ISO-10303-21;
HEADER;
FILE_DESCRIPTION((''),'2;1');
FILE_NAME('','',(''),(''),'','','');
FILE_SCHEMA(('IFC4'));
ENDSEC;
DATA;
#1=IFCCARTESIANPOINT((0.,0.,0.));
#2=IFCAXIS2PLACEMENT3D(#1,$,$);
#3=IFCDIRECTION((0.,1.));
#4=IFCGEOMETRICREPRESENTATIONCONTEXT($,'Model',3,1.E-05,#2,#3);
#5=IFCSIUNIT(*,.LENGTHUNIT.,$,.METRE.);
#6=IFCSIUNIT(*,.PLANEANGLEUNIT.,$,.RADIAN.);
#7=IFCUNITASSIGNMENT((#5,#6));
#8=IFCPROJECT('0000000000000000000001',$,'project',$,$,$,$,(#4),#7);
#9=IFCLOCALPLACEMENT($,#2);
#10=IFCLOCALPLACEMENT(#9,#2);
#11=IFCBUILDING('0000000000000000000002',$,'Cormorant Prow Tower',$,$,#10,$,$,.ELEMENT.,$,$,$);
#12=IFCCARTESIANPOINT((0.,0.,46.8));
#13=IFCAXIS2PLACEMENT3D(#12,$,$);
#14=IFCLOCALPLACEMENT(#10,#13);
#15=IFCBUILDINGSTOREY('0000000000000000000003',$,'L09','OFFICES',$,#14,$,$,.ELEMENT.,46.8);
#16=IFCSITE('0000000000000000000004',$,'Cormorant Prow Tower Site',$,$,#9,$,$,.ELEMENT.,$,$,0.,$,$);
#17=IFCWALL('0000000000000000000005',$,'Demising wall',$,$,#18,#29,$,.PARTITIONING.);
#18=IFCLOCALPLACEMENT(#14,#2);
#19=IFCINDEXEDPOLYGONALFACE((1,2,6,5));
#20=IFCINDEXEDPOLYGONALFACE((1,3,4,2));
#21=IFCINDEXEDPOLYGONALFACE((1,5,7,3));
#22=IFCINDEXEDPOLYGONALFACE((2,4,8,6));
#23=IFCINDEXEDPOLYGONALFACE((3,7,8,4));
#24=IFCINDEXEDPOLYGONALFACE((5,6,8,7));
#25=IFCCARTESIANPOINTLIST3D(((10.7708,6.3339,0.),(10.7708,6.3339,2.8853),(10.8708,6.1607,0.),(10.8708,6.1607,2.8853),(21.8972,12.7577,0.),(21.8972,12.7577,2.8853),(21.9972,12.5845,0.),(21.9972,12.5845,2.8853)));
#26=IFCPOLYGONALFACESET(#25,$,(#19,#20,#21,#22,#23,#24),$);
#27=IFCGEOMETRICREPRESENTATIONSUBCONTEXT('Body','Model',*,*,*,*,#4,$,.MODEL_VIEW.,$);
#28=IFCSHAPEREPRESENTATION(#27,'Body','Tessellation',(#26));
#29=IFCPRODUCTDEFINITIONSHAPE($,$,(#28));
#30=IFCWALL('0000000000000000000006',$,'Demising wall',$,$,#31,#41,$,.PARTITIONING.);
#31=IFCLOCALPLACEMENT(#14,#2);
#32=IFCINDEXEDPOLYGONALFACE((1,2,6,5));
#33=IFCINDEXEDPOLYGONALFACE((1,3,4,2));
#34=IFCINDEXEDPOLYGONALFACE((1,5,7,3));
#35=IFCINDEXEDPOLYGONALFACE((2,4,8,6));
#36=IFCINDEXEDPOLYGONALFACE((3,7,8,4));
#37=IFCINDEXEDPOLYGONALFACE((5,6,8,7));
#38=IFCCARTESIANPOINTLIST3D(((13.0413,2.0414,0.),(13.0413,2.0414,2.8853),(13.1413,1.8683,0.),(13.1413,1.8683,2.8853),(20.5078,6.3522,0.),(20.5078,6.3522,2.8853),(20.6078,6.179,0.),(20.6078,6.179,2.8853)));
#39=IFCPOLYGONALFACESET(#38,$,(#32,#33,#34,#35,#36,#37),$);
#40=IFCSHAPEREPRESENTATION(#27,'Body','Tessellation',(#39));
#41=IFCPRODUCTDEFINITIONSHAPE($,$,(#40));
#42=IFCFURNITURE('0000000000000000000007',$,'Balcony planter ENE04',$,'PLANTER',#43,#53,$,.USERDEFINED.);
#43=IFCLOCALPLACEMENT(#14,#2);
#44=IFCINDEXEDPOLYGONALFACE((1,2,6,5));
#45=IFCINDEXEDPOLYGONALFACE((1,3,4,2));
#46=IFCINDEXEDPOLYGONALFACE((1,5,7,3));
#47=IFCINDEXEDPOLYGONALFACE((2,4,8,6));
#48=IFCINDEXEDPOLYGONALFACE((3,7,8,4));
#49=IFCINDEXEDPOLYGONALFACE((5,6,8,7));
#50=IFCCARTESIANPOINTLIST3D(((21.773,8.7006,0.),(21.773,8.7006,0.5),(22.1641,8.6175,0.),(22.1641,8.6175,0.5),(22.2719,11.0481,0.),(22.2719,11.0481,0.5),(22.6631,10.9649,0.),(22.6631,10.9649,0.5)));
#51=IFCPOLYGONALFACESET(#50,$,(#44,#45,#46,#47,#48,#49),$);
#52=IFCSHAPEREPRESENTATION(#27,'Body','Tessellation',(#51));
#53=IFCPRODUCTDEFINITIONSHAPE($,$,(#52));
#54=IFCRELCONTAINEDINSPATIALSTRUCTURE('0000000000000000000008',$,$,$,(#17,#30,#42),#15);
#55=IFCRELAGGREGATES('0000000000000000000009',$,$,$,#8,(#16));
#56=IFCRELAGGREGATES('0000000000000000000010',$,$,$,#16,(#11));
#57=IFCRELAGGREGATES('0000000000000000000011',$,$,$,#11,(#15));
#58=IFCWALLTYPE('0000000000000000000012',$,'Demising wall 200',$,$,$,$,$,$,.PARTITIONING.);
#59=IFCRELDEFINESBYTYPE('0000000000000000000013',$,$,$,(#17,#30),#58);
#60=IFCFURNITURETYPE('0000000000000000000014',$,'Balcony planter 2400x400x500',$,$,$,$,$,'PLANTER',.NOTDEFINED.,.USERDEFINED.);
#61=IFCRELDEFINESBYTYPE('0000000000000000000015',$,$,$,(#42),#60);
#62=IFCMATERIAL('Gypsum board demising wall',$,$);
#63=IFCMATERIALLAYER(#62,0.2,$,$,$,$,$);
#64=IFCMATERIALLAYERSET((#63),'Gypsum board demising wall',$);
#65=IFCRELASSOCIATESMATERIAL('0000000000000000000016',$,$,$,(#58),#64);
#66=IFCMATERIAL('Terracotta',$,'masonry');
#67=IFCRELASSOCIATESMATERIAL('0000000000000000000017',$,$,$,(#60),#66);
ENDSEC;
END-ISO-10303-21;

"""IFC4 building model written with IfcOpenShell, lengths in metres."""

from ifc_helpers import new_model, si_unit, direction, frame, frame_2d, origin, origin_2d, place, context, subcontext, project, spatial, rectangle, extrude, material, layer, layer_set, type_object, element, save


model = new_model("IFC4")

# Units and contexts
model_context = context("Model", 3, precision=1e-05, world=origin(), true_north=direction((0.0, 1.0)))
body_context = subcontext(model_context, "Body", "Model", "MODEL_VIEW")
ifc_project = project(units=[si_unit("LENGTHUNIT", "METRE"), si_unit("PLANEANGLEUNIT", "RADIAN")], contexts=[model_context])

# Site, building, storey
site_placement = place(None, origin())
site = spatial("IfcSite", under=ifc_project, at=site_placement, Name="Cormorant Prow Tower Site", CompositionType="ELEMENT", RefElevation=0.0)
building_placement = place(site_placement, origin())
building = spatial("IfcBuilding", under=site, at=building_placement, Name="Cormorant Prow Tower", CompositionType="ELEMENT")
storey_placement = place(building_placement, frame((0.0, 0.0, 46.8)))
storey = spatial("IfcBuildingStorey", under=building, at=storey_placement, Name="L09", Description="OFFICES", CompositionType="ELEMENT", Elevation=46.8)

# Walls
ifc_material_1 = material(Name="Gypsum board demising wall")
ifc_layer_1 = layer(ifc_material_1, 0.2)
ifc_layer_set_1 = layer_set([ifc_layer_1], Name="Gypsum board demising wall")
wall_type_1 = type_object("IfcWallType", Name="Demising wall 200", PredefinedType="PARTITIONING", material=ifc_layer_set_1)
wall_1_placement = place(storey_placement, frame((10.8208, 6.2473, 0.0), z_axis=(0.0, 0.0, 1.0), x_axis=(0.866027, 0.499998, 0.0)))
element("IfcWall", 1, at=wall_1_placement, inside=storey, type_object=wall_type_1, Name="Demising wall", PredefinedType="PARTITIONING", context=body_context, shape_type="SweptSolid", body=[
    extrude(rectangle(XDim=12.8477, YDim=0.2, at=frame_2d((6.4238, 0.0))), origin(), (0.0, 0.0, 1.0), 2.8853),
])
wall_2_placement = place(storey_placement, frame((13.0913, 1.9548, 0.0), z_axis=(0.0, 0.0, 1.0), x_axis=(0.866027, 0.499998, 0.0)))
element("IfcWall", 2, at=wall_2_placement, inside=storey, type_object=wall_type_1, Name="Demising wall", PredefinedType="PARTITIONING", context=body_context, shape_type="SweptSolid", body=[
    extrude(rectangle(XDim=8.6216, YDim=0.2, at=frame_2d((4.3108, 0.0))), origin(), (0.0, 0.0, 1.0), 2.8853),
])

# Furniture
ifc_material_2 = material(Name="Terracotta", Category="masonry")
furniture_type = type_object("IfcFurnitureType", Name="Balcony planter 2400x400x500", ElementType="PLANTER", AssemblyPlace="NOTDEFINED", PredefinedType="USERDEFINED", material=ifc_material_2)
furniture_placement = place(storey_placement, frame((22.218, 9.8328, 0.0), z_axis=(0.0, 0.0, 1.0), x_axis=(0.207912, 0.978148, 0.0)))
element("IfcFurniture", 3, at=furniture_placement, inside=storey, type_object=furniture_type, Name="Balcony planter ENE04", ObjectType="PLANTER", PredefinedType="USERDEFINED", context=body_context, shape_type="SweptSolid", body=[
    extrude(rectangle(XDim=2.3999, YDim=0.3999, at=origin_2d()), origin(), (0.0, 0.0, 1.0), 0.5),
])

save(model, "model.ifc")
